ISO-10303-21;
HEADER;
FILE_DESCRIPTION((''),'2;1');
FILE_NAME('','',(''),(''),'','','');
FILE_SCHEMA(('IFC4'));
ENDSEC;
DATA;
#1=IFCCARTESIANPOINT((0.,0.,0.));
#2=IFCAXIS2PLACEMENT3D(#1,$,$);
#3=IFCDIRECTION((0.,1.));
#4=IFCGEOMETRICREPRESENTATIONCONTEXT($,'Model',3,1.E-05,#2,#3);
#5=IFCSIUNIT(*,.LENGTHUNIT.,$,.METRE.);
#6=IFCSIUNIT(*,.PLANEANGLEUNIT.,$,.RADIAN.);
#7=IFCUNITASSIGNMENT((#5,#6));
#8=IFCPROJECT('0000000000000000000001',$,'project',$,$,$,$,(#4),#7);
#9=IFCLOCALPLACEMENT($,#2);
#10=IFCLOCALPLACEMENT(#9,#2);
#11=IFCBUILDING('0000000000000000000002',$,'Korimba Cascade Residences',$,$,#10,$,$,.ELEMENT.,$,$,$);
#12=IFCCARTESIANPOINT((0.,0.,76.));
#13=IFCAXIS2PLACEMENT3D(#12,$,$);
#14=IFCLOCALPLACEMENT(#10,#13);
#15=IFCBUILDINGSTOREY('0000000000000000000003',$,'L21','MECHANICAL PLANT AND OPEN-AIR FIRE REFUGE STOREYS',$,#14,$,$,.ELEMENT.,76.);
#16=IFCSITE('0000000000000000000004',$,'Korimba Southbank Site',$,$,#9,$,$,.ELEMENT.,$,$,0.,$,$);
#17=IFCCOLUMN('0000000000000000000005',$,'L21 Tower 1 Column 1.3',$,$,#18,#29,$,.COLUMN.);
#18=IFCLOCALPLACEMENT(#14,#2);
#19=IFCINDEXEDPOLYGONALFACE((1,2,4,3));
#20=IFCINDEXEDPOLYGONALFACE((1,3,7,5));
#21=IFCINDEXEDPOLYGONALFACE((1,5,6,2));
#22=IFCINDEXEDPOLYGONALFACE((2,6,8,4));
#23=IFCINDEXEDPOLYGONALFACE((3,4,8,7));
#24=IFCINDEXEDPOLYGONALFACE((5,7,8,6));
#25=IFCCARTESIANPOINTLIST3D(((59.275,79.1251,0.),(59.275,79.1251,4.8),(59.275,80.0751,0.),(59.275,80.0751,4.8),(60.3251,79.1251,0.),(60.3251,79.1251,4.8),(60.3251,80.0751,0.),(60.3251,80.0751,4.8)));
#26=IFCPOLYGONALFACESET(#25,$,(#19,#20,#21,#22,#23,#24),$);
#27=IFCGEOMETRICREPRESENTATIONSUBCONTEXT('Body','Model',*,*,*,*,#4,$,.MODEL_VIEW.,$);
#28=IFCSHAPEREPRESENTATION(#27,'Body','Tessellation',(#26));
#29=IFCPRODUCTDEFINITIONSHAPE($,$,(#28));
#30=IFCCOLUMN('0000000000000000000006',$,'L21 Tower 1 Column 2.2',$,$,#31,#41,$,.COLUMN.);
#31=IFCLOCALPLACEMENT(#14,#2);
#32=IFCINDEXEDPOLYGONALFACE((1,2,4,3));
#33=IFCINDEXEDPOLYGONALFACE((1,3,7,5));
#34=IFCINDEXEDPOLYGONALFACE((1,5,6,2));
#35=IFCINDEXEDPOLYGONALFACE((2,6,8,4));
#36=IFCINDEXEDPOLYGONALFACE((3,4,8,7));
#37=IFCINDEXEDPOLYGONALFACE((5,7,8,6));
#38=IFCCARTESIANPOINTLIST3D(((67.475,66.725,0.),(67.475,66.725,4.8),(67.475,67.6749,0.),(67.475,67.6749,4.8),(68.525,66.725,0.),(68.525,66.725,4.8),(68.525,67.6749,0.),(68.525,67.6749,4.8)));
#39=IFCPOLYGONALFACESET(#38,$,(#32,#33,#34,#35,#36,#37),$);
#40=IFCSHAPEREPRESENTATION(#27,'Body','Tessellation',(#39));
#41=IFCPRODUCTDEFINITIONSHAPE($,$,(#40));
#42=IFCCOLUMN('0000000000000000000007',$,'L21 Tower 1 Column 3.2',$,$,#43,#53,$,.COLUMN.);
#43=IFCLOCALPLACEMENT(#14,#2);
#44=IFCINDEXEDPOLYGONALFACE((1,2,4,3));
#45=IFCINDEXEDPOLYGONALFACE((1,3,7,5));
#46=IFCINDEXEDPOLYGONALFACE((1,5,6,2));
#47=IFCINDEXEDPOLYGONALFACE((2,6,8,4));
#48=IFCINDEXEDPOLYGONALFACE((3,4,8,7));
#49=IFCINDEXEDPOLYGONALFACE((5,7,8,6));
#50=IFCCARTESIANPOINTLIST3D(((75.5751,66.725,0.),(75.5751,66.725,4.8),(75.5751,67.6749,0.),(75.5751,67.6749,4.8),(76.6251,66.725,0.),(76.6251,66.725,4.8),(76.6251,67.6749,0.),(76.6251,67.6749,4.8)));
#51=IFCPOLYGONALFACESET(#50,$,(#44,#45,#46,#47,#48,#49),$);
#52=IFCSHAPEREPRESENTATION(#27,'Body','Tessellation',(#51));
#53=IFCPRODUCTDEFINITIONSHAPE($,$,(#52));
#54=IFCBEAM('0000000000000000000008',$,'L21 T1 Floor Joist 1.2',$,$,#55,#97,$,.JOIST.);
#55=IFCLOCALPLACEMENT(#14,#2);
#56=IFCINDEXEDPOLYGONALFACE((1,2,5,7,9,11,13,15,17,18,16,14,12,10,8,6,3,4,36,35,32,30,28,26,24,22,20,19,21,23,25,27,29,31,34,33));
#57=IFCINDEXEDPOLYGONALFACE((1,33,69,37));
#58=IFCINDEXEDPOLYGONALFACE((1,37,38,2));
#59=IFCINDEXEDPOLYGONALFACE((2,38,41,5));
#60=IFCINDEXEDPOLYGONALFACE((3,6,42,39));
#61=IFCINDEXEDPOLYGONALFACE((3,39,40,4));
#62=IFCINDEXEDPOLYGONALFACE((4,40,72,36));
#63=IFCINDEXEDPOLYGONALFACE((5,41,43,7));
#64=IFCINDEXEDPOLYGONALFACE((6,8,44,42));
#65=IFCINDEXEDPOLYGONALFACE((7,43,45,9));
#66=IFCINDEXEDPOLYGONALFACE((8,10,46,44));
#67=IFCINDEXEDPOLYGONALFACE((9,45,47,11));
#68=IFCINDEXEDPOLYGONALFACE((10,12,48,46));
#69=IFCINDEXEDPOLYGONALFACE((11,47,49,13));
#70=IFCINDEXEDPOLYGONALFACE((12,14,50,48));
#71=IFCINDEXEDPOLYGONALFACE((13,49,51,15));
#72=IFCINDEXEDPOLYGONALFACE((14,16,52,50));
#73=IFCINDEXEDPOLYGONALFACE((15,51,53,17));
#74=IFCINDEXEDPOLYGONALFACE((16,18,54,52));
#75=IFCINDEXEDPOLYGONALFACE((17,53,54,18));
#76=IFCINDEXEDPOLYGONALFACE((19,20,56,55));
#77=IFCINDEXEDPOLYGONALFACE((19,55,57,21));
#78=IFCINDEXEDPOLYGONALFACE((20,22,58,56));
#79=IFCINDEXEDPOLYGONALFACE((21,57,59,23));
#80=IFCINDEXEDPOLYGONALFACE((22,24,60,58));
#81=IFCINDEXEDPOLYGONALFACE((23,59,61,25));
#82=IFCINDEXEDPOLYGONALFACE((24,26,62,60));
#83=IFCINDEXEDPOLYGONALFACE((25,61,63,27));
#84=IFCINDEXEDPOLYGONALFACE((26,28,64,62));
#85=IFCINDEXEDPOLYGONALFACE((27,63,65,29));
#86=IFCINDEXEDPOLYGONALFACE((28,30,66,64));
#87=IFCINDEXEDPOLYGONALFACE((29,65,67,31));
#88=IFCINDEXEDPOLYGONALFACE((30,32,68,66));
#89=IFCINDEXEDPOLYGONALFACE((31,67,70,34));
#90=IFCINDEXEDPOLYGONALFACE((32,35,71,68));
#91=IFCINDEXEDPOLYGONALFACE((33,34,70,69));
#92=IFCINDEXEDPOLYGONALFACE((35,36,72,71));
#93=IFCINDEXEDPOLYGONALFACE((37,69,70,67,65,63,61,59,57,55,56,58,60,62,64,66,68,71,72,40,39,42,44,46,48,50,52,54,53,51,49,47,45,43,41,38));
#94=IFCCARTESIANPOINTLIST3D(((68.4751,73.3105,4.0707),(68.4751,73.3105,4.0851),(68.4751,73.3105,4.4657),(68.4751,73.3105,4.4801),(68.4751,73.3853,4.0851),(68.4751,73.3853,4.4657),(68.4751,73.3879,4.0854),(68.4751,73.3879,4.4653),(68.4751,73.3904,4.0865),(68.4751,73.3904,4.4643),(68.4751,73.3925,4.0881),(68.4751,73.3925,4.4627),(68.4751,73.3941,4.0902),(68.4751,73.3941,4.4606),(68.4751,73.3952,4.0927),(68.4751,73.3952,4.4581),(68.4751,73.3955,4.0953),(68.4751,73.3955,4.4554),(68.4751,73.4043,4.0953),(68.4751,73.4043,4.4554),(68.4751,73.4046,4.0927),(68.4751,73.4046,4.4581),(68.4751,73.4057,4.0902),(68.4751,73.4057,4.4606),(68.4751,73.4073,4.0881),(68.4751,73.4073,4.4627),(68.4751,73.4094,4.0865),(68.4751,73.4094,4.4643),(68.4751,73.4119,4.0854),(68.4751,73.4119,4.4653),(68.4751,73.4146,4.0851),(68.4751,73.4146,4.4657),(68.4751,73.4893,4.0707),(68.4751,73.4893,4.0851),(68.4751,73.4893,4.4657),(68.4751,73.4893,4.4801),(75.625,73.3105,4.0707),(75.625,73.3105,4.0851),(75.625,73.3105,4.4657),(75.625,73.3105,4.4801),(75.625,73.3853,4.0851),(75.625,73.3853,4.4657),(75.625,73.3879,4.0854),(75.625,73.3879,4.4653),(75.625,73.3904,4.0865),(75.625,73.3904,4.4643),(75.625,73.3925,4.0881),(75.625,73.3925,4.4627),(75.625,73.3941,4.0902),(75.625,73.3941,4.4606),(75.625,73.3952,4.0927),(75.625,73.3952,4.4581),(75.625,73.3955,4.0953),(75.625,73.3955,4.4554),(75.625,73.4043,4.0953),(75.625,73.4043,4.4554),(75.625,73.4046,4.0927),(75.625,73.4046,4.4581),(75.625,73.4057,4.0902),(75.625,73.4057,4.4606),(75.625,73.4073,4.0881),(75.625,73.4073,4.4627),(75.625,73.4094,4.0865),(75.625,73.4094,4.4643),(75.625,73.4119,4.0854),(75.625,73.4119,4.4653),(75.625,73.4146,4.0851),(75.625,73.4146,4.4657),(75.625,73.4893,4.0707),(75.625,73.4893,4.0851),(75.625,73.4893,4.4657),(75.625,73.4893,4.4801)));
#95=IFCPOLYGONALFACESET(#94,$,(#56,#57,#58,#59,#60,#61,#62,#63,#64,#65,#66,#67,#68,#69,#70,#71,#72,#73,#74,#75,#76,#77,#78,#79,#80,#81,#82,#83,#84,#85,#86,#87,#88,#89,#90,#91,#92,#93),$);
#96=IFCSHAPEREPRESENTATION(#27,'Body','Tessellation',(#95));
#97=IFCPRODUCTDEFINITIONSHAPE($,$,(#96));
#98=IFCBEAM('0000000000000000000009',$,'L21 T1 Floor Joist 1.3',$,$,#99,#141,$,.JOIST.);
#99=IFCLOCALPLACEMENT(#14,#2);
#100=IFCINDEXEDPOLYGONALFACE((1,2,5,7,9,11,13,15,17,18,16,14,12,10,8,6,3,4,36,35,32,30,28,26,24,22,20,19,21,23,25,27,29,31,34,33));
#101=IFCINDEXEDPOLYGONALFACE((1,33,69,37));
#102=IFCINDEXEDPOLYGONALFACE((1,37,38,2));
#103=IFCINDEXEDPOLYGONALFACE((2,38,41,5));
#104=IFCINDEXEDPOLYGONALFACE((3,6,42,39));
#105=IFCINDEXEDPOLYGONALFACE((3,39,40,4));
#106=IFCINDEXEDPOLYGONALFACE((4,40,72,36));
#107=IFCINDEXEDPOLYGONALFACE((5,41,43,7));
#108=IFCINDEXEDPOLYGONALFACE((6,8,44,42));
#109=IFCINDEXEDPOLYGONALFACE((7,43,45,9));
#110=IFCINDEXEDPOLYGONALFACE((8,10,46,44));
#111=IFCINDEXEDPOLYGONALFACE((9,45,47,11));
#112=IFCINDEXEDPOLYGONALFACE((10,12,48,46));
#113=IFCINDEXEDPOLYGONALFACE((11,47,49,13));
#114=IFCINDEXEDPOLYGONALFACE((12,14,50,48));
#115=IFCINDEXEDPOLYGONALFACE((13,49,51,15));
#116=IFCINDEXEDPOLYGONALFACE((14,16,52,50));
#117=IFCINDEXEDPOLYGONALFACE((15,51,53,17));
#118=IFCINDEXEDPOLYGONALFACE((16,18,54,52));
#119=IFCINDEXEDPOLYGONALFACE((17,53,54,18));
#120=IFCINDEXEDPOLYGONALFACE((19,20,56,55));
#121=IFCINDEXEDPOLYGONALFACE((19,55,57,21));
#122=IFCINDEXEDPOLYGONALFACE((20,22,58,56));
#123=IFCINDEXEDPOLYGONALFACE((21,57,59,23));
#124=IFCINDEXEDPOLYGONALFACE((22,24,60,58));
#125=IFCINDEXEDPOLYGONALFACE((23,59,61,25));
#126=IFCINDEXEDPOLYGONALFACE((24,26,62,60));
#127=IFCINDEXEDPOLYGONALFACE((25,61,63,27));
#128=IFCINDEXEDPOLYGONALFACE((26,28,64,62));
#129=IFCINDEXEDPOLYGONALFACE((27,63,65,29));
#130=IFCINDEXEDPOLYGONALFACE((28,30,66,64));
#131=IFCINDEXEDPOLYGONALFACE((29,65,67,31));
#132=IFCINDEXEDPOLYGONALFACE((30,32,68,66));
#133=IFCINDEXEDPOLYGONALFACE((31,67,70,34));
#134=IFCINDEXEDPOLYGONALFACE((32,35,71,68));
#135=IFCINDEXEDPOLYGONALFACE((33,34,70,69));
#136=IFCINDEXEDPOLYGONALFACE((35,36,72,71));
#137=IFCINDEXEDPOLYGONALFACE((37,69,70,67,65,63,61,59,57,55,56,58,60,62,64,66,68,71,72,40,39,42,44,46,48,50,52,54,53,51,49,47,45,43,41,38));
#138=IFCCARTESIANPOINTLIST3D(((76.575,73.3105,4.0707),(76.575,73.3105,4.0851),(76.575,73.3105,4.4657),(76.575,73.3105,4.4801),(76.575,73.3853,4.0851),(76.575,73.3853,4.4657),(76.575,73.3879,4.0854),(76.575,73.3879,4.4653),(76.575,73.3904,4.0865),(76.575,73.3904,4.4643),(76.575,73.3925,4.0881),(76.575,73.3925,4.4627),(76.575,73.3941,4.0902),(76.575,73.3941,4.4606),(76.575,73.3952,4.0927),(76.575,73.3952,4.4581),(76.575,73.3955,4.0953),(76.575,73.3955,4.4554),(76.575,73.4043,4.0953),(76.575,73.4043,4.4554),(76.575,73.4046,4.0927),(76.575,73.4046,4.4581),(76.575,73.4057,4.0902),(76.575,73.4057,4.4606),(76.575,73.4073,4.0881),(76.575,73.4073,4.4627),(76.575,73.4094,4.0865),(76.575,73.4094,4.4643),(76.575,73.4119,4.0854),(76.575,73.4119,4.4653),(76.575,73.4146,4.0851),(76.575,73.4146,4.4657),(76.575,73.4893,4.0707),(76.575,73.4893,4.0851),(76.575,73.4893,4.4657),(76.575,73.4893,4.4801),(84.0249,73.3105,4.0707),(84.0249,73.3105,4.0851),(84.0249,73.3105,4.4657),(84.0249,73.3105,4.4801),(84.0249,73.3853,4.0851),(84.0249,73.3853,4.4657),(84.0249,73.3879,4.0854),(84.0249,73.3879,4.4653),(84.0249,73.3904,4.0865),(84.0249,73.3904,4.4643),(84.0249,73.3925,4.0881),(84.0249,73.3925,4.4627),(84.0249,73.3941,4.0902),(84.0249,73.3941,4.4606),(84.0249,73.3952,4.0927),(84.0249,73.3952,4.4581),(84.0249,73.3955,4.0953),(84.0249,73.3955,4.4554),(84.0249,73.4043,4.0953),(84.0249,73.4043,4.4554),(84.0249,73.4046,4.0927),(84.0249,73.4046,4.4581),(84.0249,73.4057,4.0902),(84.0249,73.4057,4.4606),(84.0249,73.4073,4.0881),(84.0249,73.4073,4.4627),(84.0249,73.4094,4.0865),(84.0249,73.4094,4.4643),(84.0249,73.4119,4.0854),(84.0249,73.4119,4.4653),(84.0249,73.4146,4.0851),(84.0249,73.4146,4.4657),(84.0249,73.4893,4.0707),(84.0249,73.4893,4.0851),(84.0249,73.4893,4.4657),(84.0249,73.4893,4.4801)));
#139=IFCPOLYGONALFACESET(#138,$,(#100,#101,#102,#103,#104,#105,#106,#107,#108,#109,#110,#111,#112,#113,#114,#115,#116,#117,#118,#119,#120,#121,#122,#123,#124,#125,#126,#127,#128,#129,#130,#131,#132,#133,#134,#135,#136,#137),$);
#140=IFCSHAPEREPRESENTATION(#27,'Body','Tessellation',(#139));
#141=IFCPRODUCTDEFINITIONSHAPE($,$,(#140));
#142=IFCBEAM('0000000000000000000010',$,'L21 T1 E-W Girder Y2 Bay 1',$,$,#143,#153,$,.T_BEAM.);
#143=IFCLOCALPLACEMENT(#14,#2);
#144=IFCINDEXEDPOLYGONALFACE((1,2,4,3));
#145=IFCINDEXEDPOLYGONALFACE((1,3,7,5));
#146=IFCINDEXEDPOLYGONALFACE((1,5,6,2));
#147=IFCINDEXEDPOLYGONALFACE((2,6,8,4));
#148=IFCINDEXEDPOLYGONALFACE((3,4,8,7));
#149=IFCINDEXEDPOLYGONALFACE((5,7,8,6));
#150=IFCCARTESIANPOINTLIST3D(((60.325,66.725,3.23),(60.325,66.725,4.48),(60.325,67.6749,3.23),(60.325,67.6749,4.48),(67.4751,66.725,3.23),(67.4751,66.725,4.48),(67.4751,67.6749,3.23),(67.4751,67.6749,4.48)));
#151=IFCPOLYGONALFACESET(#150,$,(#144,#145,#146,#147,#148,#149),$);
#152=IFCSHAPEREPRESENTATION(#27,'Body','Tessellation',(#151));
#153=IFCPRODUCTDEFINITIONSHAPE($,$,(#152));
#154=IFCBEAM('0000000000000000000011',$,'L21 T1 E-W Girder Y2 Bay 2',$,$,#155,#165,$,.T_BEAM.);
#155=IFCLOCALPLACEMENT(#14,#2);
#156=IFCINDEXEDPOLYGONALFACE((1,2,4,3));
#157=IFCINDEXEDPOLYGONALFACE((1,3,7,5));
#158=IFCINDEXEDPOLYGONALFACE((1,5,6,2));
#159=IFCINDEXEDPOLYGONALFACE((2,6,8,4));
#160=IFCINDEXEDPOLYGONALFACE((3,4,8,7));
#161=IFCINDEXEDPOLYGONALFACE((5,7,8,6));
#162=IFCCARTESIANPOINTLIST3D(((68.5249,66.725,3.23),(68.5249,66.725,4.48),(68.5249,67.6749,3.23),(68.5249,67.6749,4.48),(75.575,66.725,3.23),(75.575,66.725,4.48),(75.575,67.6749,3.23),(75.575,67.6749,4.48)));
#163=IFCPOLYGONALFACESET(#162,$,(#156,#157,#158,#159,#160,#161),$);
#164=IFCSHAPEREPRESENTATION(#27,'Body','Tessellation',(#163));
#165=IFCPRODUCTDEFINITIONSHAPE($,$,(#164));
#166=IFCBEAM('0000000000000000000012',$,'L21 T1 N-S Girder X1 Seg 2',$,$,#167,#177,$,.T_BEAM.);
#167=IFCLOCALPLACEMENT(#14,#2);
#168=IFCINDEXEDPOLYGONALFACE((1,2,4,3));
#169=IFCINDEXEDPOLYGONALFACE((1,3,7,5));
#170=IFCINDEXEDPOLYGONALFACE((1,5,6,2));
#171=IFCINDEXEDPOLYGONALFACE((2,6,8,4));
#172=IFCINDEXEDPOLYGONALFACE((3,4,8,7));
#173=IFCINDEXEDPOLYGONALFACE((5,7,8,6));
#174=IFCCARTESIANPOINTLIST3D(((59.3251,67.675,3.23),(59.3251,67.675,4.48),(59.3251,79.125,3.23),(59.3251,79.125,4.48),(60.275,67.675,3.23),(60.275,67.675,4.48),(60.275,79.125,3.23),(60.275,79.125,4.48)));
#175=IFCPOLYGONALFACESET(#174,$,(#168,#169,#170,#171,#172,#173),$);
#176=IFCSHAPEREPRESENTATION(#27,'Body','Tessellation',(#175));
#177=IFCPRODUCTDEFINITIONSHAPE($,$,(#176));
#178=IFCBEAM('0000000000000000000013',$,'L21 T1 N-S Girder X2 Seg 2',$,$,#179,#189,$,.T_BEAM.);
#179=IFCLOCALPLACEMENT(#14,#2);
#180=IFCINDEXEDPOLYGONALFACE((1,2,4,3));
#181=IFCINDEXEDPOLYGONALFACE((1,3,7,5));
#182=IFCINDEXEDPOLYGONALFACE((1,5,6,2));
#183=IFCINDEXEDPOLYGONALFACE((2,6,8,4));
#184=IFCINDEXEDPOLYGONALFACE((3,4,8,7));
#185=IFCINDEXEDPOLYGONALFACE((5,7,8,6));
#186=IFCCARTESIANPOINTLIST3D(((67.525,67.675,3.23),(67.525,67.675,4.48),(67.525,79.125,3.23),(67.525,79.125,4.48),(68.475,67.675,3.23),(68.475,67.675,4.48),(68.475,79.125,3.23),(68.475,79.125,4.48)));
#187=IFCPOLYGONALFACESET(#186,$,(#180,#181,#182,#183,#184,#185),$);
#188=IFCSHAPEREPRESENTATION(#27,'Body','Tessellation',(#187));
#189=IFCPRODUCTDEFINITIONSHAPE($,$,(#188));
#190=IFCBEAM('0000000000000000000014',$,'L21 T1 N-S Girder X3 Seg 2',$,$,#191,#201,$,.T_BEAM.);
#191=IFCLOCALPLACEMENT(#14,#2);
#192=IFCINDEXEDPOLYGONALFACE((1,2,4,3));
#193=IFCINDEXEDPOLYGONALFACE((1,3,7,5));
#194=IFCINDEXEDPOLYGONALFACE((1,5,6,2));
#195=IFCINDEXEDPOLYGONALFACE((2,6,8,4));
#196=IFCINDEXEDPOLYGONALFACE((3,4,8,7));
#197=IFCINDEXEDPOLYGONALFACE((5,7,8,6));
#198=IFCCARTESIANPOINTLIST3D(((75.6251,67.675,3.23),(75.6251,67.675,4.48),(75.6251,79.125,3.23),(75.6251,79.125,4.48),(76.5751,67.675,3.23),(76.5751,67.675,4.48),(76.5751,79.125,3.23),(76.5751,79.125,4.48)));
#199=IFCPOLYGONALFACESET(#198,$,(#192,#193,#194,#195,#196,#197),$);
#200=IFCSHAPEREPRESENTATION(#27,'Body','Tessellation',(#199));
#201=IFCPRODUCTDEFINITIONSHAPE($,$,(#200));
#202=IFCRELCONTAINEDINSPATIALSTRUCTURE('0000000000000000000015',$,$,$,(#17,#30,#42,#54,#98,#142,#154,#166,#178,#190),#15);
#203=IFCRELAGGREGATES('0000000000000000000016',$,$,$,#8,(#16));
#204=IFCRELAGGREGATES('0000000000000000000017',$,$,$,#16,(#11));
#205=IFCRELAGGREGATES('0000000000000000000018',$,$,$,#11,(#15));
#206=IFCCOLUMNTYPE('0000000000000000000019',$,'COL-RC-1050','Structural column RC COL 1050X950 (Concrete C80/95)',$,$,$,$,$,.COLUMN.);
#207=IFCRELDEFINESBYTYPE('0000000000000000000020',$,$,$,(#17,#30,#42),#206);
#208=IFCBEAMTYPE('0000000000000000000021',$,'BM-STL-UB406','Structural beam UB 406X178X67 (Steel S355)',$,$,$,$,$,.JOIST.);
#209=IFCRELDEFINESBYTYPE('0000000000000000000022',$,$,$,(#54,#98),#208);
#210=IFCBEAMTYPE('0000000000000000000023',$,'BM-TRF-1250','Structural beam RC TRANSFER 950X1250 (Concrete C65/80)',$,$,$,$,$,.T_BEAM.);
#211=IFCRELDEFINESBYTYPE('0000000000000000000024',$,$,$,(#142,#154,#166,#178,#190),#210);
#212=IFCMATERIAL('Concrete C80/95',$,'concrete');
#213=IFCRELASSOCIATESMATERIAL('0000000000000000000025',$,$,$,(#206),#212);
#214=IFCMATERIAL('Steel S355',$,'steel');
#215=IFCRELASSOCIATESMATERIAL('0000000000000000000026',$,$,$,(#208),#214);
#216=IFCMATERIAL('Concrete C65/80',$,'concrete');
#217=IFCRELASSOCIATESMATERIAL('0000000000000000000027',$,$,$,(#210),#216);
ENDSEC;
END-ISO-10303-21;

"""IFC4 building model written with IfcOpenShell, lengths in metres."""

from ifc_helpers import new_model, si_unit, direction, frame, origin, origin_2d, place, context, subcontext, project, spatial, rectangle, i_section, extrude, material, material_profile, profile_set, type_object, element, save


model = new_model("IFC4")

# Units and contexts
model_context = context("Model", 3, precision=1e-05, world=origin(), true_north=direction((0.0, 1.0)))
body_context = subcontext(model_context, "Body", "Model", "MODEL_VIEW")
ifc_project = project(units=[si_unit("LENGTHUNIT", "METRE"), si_unit("PLANEANGLEUNIT", "RADIAN")], contexts=[model_context])

# Site, building, storey
site_placement = place(None, origin())
site = spatial("IfcSite", under=ifc_project, at=site_placement, Name="Korimba Southbank Site", CompositionType="ELEMENT", RefElevation=0.0)
building_placement = place(site_placement, origin())
building = spatial("IfcBuilding", under=site, at=building_placement, Name="Korimba Cascade Residences", CompositionType="ELEMENT")
storey_placement = place(building_placement, frame((0.0, 0.0, 76.0)))
storey = spatial("IfcBuildingStorey", under=building, at=storey_placement, Name="L21", Description="MECHANICAL PLANT AND OPEN-AIR FIRE REFUGE STOREYS", CompositionType="ELEMENT", Elevation=76.0)

# Columns
ifc_material_1 = material(Name="Concrete C80/95", Category="concrete")
ifc_material_profile_1 = material_profile(ifc_material_1, rectangle(XDim=1.05, YDim=0.95, at=origin_2d()), Name="Concrete C80/95")
ifc_profile_set_1 = profile_set([ifc_material_profile_1], Name="Concrete C80/95")
column_type = type_object("IfcColumnType", Name="COL-RC-1050", Description="Structural column RC COL 1050X950 (Concrete C80/95)", PredefinedType="COLUMN", material=ifc_profile_set_1)
for number, where, z_axis, x_axis, name in (
    (1, (59.8, 79.6001, 0.0), (0.0, 0.0, 1.0), (1.0, 0.0, 0.0), "L21 Tower 1 Column 1.3"),
    (2, (68.0, 67.2, 0.0), (0.0, 0.0, 1.0), (1.0, 0.0, 0.0), "L21 Tower 1 Column 2.2"),
    (3, (76.1001, 67.2, 0.0), (0.0, 0.0, 1.0), (1.0, 0.0, 0.0), "L21 Tower 1 Column 3.2"),
):
    element("IfcColumn", number, at=place(storey_placement, frame(where, z_axis=z_axis, x_axis=x_axis)), inside=storey, type_object=column_type, Name=name, PredefinedType="COLUMN", context=body_context, shape_type="SweptSolid", body=[
        extrude(rectangle(XDim=1.05, YDim=0.95, at=origin_2d()), origin(), (0.0, 0.0, 1.0), 4.8),
    ])

# Beams
ifc_material_2 = material(Name="Steel S355", Category="steel")
ifc_material_profile_2 = material_profile(ifc_material_2, i_section(OverallWidth=0.1787, OverallDepth=0.4094, WebThickness=0.0088, FlangeThickness=0.0144, FilletRadius=0.0103, at=origin_2d()), Name="Steel S355")
ifc_profile_set_2 = profile_set([ifc_material_profile_2], Name="Steel S355")
beam_type_1 = type_object("IfcBeamType", Name="BM-STL-UB406", Description="Structural beam UB 406X178X67 (Steel S355)", PredefinedType="JOIST", material=ifc_profile_set_2)
beam_1_placement = place(storey_placement, frame((68.4751, 73.3999, 4.2754), z_axis=(1.0, 0.0, 0.0), x_axis=(0.0, 1.0, 0.0)))
element("IfcBeam", 4, at=beam_1_placement, inside=storey, type_object=beam_type_1, Name="L21 T1 Floor Joist 1.2", PredefinedType="JOIST", context=body_context, shape_type="SweptSolid", body=[
    extrude(i_section(OverallWidth=0.1787, OverallDepth=0.4094, WebThickness=0.0088, FlangeThickness=0.0144, FilletRadius=0.0103, at=origin_2d()), origin(), (0.0, 0.0, 1.0), 7.1499),
])
beam_2_placement = place(storey_placement, frame((76.575, 73.3999, 4.2754), z_axis=(1.0, 0.0, 0.0), x_axis=(0.0, 1.0, 0.0)))
element("IfcBeam", 5, at=beam_2_placement, inside=storey, type_object=beam_type_1, Name="L21 T1 Floor Joist 1.3", PredefinedType="JOIST", context=body_context, shape_type="SweptSolid", body=[
    extrude(i_section(OverallWidth=0.1787, OverallDepth=0.4094, WebThickness=0.0088, FlangeThickness=0.0144, FilletRadius=0.0103, at=origin_2d()), origin(), (0.0, 0.0, 1.0), 7.45),
])
ifc_material_3 = material(Name="Concrete C65/80", Category="concrete")
ifc_material_profile_3 = material_profile(ifc_material_3, rectangle(XDim=0.95, YDim=1.25, at=origin_2d()), Name="Concrete C65/80")
ifc_profile_set_3 = profile_set([ifc_material_profile_3], Name="Concrete C65/80")
beam_type_2 = type_object("IfcBeamType", Name="BM-TRF-1250", Description="Structural beam RC TRANSFER 950X1250 (Concrete C65/80)", PredefinedType="T_BEAM", material=ifc_profile_set_3)
beam_3_placement = place(storey_placement, frame((60.325, 67.2, 3.855), z_axis=(1.0, 0.0, 0.0), x_axis=(0.0, 1.0, 0.0)))
element("IfcBeam", 6, at=beam_3_placement, inside=storey, type_object=beam_type_2, Name="L21 T1 E-W Girder Y2 Bay 1", PredefinedType="T_BEAM", context=body_context, shape_type="SweptSolid", body=[
    extrude(rectangle(XDim=0.95, YDim=1.25, at=origin_2d()), origin(), (0.0, 0.0, 1.0), 7.1501),
])
beam_4_placement = place(storey_placement, frame((68.5249, 67.2, 3.855), z_axis=(1.0, 0.0, 0.0), x_axis=(0.0, 1.0, 0.0)))
element("IfcBeam", 7, at=beam_4_placement, inside=storey, type_object=beam_type_2, Name="L21 T1 E-W Girder Y2 Bay 2", PredefinedType="T_BEAM", context=body_context, shape_type="SweptSolid", body=[
    extrude(rectangle(XDim=0.95, YDim=1.25, at=origin_2d()), origin(), (0.0, 0.0, 1.0), 7.05),
])
for number, where, z_axis, x_axis, name in (
    (8, (59.8, 67.675, 3.855), (0.0, 1.0, 0.0), (-1.0, 0.0, 0.0), "L21 T1 N-S Girder X1 Seg 2"),
    (9, (68.0, 67.675, 3.855), (0.0, 1.0, 0.0), (-1.0, 0.0, 0.0), "L21 T1 N-S Girder X2 Seg 2"),
    (10, (76.1001, 67.675, 3.855), (0.0, 1.0, 0.0), (-1.0, 0.0, 0.0), "L21 T1 N-S Girder X3 Seg 2"),
):
    element("IfcBeam", number, at=place(storey_placement, frame(where, z_axis=z_axis, x_axis=x_axis)), inside=storey, type_object=beam_type_2, Name=name, PredefinedType="T_BEAM", context=body_context, shape_type="SweptSolid", body=[
        extrude(rectangle(XDim=0.95, YDim=1.25, at=origin_2d()), origin(), (0.0, 0.0, 1.0), 11.45),
    ])

save(model, "model.ifc")
